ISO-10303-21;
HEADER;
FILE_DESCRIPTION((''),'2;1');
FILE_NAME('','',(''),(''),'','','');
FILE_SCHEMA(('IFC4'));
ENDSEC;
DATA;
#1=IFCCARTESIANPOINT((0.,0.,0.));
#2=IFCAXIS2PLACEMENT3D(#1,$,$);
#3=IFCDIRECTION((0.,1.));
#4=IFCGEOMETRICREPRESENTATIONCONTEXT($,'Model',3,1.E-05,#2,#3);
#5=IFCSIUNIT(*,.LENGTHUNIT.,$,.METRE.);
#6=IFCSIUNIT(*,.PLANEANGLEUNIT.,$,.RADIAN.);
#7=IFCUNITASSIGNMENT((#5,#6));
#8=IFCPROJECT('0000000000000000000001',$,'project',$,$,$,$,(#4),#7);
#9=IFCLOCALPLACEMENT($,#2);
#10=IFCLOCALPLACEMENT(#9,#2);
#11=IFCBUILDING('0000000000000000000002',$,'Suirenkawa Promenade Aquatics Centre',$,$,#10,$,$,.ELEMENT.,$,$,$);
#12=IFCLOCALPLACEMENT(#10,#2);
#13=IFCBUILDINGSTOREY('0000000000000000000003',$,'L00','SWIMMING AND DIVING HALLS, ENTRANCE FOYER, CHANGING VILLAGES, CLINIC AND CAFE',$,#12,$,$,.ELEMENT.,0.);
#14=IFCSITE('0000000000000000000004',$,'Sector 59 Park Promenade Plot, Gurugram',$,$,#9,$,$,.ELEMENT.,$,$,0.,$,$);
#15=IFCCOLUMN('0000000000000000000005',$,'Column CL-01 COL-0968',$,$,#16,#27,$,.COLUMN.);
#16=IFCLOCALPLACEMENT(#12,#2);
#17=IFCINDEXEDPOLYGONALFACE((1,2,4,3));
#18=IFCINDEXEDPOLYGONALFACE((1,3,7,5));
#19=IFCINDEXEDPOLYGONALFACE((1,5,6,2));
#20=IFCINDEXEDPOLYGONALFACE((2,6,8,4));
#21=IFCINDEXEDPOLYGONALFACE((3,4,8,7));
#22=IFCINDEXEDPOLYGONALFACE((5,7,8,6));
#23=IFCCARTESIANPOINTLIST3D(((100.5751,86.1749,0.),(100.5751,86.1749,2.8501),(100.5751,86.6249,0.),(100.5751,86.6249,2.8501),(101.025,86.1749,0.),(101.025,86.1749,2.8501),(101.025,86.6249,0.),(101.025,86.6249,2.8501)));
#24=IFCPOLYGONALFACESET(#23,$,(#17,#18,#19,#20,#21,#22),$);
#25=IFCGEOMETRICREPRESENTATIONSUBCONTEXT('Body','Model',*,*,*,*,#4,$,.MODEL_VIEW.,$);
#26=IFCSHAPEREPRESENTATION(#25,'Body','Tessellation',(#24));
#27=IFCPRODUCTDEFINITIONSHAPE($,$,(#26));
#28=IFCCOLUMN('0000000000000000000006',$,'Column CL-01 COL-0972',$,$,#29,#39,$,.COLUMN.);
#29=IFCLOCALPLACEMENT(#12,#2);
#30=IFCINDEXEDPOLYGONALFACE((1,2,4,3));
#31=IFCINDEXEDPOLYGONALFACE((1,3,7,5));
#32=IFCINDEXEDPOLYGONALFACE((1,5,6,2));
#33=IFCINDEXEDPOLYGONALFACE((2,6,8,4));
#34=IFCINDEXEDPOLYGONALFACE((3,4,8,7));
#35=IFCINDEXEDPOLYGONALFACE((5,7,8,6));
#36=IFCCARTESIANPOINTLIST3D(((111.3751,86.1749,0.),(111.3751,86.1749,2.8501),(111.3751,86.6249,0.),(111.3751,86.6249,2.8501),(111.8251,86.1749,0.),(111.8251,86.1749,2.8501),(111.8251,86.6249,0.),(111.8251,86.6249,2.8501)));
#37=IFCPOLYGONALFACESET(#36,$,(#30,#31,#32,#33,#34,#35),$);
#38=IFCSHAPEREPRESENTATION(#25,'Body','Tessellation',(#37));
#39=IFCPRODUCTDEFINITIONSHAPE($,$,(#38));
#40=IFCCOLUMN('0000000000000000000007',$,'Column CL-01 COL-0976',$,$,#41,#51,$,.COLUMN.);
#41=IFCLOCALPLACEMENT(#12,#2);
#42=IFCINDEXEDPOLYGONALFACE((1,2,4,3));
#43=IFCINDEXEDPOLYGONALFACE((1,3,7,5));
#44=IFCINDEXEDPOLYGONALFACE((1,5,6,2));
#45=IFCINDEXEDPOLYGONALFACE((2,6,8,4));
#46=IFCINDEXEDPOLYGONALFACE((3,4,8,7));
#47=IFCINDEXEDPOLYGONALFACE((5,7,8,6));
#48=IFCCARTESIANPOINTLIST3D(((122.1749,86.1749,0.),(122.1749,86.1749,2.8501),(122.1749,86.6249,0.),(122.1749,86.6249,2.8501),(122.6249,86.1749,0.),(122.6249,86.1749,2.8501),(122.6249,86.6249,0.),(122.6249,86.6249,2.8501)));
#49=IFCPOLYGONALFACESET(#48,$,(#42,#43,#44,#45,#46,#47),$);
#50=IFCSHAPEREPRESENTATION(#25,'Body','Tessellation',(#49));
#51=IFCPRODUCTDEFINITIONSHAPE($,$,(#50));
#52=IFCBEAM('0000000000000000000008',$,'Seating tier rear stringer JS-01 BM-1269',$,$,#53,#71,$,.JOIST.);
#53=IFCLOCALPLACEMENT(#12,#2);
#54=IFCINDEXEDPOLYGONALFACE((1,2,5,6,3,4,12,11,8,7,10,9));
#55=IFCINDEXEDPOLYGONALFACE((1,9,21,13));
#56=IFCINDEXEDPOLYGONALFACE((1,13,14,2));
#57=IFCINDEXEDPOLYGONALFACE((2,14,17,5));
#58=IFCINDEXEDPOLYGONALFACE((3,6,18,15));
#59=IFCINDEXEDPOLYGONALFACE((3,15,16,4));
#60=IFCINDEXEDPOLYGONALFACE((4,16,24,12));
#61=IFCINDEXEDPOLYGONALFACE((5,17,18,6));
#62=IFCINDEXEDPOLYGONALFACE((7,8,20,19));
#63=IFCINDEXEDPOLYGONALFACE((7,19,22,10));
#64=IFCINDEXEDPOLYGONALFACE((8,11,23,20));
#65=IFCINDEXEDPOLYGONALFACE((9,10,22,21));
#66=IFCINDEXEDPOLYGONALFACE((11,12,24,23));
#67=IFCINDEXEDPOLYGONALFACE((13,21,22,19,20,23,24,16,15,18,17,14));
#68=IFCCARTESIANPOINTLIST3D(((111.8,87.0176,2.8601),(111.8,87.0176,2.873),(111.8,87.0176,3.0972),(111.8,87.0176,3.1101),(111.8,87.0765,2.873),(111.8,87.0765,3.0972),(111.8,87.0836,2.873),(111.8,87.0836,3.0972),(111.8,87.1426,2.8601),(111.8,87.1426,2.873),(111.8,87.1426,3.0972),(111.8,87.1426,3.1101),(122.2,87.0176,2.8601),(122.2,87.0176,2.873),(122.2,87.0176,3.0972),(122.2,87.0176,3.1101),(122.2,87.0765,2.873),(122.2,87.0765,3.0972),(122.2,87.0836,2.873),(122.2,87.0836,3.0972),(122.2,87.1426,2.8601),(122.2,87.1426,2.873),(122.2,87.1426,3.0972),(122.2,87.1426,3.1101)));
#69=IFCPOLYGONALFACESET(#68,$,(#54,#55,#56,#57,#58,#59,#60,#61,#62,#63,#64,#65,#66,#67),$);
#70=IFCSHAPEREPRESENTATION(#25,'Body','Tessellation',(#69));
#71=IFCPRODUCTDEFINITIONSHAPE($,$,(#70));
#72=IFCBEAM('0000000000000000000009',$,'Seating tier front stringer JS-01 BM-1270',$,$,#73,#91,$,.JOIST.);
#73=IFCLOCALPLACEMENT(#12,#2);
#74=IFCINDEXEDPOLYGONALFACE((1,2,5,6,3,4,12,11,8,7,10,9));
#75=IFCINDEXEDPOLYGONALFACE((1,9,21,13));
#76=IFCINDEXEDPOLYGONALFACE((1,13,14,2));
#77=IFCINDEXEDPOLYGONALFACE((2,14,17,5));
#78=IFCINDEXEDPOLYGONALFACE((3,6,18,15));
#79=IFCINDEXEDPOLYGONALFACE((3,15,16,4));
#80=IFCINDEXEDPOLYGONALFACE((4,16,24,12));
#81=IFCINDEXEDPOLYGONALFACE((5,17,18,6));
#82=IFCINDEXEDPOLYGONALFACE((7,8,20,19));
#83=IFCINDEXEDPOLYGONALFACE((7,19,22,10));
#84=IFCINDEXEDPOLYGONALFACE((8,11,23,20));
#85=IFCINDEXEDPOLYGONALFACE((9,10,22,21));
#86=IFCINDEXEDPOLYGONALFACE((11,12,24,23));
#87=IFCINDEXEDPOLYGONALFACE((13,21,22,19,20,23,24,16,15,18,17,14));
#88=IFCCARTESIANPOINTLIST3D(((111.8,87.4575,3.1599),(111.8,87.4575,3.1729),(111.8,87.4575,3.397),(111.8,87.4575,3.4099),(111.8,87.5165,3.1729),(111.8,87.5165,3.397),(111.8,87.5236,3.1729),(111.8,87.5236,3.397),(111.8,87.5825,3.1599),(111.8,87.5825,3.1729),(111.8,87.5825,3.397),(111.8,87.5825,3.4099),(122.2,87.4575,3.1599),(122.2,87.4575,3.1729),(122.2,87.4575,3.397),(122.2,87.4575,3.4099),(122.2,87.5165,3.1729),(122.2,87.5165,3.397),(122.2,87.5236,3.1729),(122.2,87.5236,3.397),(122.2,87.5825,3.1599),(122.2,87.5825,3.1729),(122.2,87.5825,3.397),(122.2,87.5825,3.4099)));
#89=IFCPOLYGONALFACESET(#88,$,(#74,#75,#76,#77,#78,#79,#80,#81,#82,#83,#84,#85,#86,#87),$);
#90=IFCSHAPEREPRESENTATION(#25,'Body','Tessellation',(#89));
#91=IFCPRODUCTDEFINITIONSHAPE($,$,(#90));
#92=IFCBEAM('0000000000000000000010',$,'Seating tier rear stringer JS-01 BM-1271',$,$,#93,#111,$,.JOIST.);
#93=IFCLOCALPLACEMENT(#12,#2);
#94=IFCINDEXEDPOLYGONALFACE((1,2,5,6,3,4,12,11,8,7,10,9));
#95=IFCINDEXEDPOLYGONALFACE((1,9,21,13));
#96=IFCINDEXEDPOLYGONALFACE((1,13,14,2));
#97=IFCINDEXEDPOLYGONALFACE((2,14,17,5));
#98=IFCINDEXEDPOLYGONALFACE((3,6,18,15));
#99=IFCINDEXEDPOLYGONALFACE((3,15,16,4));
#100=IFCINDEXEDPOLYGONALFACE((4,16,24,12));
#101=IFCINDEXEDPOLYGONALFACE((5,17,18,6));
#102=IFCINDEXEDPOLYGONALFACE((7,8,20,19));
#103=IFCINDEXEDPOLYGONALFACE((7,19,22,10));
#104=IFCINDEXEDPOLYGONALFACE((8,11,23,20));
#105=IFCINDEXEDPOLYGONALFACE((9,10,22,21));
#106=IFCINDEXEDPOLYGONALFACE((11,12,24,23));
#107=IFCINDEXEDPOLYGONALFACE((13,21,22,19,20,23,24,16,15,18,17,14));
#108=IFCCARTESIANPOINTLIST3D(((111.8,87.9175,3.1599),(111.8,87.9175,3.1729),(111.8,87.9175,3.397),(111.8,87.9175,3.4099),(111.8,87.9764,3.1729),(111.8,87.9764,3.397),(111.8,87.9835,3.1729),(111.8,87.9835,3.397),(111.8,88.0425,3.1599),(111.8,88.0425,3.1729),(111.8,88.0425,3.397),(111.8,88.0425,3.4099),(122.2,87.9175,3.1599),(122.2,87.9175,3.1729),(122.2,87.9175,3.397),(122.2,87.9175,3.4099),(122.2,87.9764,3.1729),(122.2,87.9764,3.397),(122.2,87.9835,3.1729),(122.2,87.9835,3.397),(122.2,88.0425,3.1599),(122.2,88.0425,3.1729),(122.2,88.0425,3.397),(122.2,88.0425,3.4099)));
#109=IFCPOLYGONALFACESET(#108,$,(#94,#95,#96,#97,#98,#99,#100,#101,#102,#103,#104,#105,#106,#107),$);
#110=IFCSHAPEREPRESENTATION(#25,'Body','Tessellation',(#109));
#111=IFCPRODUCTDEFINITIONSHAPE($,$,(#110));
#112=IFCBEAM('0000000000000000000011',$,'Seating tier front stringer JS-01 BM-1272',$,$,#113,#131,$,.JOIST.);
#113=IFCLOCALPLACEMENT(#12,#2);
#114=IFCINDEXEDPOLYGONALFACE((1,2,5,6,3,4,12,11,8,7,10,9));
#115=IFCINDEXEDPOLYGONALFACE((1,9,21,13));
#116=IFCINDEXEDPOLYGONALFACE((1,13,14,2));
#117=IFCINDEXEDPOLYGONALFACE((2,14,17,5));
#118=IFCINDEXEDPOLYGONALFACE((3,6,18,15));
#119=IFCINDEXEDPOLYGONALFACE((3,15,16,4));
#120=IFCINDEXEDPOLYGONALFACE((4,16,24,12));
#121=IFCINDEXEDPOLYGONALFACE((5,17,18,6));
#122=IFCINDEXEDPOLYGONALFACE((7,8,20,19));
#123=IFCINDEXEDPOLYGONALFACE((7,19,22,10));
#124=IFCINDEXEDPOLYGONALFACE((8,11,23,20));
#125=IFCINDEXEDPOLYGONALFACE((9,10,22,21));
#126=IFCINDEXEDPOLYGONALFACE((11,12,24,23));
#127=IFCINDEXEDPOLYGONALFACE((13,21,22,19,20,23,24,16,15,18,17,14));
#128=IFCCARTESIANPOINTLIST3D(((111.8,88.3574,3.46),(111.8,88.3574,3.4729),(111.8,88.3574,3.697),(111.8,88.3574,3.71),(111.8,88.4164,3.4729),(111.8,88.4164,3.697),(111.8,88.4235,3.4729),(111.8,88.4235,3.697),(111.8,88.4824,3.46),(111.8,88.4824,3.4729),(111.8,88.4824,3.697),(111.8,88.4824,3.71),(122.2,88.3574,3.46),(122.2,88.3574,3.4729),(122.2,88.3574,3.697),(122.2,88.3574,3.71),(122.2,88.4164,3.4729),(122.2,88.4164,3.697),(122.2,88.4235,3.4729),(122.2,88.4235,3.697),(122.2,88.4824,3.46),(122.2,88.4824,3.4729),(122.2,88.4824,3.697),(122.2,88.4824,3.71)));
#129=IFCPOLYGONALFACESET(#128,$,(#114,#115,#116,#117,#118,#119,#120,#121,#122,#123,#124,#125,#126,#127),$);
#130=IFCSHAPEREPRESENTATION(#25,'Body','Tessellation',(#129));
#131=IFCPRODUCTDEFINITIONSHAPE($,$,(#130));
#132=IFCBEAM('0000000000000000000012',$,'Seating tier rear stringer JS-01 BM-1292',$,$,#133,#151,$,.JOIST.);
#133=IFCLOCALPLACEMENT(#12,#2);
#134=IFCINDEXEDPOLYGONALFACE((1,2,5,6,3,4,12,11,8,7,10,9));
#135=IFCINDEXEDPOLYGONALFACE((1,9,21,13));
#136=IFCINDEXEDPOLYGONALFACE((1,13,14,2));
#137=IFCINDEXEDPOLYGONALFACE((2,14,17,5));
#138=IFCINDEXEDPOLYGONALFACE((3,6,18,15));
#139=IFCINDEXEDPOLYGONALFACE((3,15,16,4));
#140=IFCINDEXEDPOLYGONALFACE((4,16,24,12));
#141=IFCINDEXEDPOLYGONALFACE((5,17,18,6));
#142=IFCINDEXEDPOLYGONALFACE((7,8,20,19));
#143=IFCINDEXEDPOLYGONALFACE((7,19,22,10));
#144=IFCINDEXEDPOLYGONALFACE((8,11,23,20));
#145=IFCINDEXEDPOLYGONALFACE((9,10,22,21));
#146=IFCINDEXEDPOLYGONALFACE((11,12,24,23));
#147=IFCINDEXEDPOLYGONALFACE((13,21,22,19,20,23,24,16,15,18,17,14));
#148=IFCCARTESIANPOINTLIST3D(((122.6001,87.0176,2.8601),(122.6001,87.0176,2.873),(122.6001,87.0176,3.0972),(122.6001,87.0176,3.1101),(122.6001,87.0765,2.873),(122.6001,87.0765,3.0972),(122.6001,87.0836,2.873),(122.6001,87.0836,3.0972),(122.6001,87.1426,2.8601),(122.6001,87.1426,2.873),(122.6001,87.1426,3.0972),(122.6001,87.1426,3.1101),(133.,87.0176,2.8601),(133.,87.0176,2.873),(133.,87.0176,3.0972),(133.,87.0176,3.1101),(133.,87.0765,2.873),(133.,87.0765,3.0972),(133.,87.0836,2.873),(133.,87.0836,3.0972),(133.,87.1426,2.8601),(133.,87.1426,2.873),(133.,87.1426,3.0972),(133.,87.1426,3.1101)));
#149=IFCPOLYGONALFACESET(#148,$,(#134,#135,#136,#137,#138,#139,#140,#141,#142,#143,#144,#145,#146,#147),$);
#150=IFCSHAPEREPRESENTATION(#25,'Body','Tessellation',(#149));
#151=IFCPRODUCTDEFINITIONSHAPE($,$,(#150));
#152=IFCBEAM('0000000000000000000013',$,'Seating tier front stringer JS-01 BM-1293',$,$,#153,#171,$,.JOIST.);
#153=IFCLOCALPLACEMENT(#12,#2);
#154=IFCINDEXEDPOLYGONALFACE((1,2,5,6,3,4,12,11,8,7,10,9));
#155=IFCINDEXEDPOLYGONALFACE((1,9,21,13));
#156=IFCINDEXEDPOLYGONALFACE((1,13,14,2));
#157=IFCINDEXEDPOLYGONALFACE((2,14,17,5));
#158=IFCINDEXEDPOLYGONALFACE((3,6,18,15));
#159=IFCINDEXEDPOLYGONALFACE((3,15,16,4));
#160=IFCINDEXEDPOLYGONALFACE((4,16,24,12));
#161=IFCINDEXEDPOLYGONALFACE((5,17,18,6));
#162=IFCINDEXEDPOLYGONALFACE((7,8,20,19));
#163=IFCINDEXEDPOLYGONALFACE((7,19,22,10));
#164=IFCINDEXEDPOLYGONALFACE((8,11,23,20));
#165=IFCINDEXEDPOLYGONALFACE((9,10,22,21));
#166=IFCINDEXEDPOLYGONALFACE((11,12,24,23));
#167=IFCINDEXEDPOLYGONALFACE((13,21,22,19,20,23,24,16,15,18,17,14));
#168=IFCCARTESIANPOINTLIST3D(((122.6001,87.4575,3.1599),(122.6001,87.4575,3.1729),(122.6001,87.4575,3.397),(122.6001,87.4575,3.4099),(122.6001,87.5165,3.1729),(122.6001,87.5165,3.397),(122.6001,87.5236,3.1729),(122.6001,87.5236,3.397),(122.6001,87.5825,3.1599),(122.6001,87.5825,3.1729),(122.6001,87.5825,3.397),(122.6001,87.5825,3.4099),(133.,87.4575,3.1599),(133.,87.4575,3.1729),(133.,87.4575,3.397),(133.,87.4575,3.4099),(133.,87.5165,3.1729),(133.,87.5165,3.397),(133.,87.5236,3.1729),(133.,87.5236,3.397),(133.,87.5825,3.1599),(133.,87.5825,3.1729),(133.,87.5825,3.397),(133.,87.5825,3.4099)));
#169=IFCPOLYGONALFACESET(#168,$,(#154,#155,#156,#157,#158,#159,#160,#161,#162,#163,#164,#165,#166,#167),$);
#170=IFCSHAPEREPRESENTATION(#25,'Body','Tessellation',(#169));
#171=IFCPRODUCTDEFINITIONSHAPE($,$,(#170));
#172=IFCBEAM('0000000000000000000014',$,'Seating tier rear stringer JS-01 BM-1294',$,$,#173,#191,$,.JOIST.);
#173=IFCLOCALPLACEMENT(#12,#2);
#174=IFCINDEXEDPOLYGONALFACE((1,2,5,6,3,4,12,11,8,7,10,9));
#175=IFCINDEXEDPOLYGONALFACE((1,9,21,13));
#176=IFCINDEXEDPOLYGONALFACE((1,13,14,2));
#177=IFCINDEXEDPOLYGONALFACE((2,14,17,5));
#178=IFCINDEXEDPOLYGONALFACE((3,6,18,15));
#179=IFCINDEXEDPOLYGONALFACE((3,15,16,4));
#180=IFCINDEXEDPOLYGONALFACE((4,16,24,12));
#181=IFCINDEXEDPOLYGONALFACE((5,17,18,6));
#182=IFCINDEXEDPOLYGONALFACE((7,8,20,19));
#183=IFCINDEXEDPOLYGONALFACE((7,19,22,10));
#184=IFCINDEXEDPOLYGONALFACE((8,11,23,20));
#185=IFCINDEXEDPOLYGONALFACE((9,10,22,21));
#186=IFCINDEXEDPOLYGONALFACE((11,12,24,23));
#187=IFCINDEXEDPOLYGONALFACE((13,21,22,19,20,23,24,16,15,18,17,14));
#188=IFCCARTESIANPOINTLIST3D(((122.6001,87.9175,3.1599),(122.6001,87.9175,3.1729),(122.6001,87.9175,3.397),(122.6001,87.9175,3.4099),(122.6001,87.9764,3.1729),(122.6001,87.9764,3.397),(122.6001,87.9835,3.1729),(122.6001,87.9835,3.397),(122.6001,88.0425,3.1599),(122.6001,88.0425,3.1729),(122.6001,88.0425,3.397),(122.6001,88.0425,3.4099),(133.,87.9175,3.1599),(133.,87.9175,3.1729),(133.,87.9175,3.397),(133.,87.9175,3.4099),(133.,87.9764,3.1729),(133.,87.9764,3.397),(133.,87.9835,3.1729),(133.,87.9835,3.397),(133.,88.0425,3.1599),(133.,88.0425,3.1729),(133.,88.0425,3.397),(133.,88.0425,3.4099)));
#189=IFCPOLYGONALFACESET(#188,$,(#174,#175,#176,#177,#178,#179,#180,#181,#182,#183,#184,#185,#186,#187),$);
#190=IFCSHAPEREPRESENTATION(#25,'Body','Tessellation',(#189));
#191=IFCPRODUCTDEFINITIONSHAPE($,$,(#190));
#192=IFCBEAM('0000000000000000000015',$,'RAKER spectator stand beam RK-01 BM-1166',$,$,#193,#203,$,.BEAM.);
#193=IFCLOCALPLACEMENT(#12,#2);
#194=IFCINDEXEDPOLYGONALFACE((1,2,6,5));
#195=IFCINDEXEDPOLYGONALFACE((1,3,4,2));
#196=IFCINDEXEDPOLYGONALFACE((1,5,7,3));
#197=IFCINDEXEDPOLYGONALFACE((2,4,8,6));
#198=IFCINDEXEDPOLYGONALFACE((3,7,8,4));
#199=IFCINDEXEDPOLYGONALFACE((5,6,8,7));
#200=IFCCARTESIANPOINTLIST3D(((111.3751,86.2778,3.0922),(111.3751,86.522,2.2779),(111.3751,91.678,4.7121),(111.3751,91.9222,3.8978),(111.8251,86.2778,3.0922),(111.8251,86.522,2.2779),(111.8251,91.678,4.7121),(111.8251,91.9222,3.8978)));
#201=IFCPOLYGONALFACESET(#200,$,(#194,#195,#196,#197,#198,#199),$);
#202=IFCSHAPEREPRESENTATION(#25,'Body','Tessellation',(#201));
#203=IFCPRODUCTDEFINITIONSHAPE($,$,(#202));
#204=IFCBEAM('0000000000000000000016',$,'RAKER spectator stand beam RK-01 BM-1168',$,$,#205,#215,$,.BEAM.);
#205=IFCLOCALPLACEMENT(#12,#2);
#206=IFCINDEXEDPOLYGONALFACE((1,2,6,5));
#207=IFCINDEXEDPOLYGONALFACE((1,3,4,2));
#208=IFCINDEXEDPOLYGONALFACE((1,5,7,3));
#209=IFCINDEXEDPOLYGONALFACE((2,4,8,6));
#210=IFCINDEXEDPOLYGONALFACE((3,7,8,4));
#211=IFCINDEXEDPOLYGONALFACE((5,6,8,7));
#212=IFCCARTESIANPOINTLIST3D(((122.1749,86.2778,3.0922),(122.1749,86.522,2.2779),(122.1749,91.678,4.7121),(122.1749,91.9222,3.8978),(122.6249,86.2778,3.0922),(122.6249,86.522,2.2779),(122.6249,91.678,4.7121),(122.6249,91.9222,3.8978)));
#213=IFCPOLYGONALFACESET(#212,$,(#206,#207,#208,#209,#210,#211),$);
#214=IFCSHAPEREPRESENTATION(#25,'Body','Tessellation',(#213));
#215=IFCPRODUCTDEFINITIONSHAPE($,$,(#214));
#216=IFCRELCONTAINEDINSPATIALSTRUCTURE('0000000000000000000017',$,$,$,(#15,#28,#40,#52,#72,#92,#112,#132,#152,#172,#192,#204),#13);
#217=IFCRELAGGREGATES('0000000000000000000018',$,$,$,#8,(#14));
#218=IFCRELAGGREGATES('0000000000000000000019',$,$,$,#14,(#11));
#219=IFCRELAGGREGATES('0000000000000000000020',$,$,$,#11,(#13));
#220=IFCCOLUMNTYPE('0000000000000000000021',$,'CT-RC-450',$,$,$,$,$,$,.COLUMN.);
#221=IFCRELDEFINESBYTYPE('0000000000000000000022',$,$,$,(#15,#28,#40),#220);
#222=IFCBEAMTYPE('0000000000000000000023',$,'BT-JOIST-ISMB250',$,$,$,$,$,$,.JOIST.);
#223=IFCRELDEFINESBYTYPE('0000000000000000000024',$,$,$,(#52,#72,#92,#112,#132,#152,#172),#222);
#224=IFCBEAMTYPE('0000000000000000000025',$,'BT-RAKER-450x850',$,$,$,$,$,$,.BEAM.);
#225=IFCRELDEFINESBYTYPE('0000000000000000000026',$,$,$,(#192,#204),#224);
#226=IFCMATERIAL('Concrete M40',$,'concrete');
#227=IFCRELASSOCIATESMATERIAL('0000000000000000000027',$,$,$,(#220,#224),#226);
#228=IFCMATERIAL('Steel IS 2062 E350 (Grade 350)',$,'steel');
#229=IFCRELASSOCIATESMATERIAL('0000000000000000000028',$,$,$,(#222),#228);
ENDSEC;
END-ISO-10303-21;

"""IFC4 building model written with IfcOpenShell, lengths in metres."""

from ifc_helpers import new_model, si_unit, direction, frame, origin, origin_2d, place, context, subcontext, project, spatial, rectangle, i_section, extrude, material, material_profile, profile_set, type_object, element, save


model = new_model("IFC4")

# Units and contexts
model_context = context("Model", 3, precision=1e-05, world=origin(), true_north=direction((0.0, 1.0)))
body_context = subcontext(model_context, "Body", "Model", "MODEL_VIEW")
ifc_project = project(units=[si_unit("LENGTHUNIT", "METRE"), si_unit("PLANEANGLEUNIT", "RADIAN")], contexts=[model_context])

# Site, building, storey
site_placement = place(None, origin())
site = spatial("IfcSite", under=ifc_project, at=site_placement, Name="Sector 59 Park Promenade Plot, Gurugram", CompositionType="ELEMENT", RefElevation=0.0)
building_placement = place(site_placement, origin())
building = spatial("IfcBuilding", under=site, at=building_placement, Name="Suirenkawa Promenade Aquatics Centre", CompositionType="ELEMENT")
storey_placement = place(building_placement, origin())
storey = spatial("IfcBuildingStorey", under=building, at=storey_placement, Name="L00", Description="SWIMMING AND DIVING HALLS, ENTRANCE FOYER, CHANGING VILLAGES, CLINIC AND CAFE", CompositionType="ELEMENT", Elevation=0.0)

# Columns
ifc_material_1 = material(Name="Concrete M40", Category="concrete")
ifc_material_profile_1 = material_profile(ifc_material_1, rectangle(XDim=0.45, YDim=0.45, at=origin_2d()), Name="RC COL 450x450", Category="concrete")
ifc_profile_set_1 = profile_set([ifc_material_profile_1], Name="Concrete M40")
column_type = type_object("IfcColumnType", Name="CT-RC-450", PredefinedType="COLUMN", material=ifc_profile_set_1)
for number, where, z_axis, x_axis, name in (
    (1, (100.8, 86.3999, 0.0), (0.0, 0.0, 1.0), (1.0, 0.0, 0.0), "Column CL-01 COL-0968"),
    (2, (111.6001, 86.3999, 0.0), (0.0, 0.0, 1.0), (1.0, 0.0, 0.0), "Column CL-01 COL-0972"),
    (3, (122.3999, 86.3999, 0.0), (0.0, 0.0, 1.0), (1.0, 0.0, 0.0), "Column CL-01 COL-0976"),
):
    element("IfcColumn", number, at=place(storey_placement, frame(where, z_axis=z_axis, x_axis=x_axis)), inside=storey, type_object=column_type, Name=name, PredefinedType="COLUMN", context=body_context, shape_type="SweptSolid", body=[
        extrude(rectangle(XDim=0.45, YDim=0.45, at=origin_2d()), origin(), (0.0, 0.0, 1.0), 2.8501),
    ])

# Beams
ifc_material_2 = material(Name="Steel IS 2062 E350 (Grade 350)", Category="steel")
ifc_material_profile_2 = material_profile(ifc_material_2, i_section(OverallWidth=0.125, OverallDepth=0.25, WebThickness=0.0071, FlangeThickness=0.0129, at=origin_2d()), Name="ISMB 250", Category="steel")
ifc_profile_set_2 = profile_set([ifc_material_profile_2], Name="Steel IS 2062 E350 (Grade 350)")
beam_type_1 = type_object("IfcBeamType", Name="BT-JOIST-ISMB250", PredefinedType="JOIST", material=ifc_profile_set_2)
for number, where, z_axis, x_axis, name in (
    (4, (111.8, 87.0801, 2.9851), (1.0, 0.0, 0.0), (0.0, 1.0, 0.0), "Seating tier rear stringer JS-01 BM-1269"),
    (5, (111.8, 87.52, 3.2849), (1.0, 0.0, 0.0), (0.0, 1.0, 0.0), "Seating tier front stringer JS-01 BM-1270"),
    (6, (111.8, 87.98, 3.2849), (1.0, 0.0, 0.0), (0.0, 1.0, 0.0), "Seating tier rear stringer JS-01 BM-1271"),
    (7, (111.8, 88.4199, 3.585), (1.0, 0.0, 0.0), (0.0, 1.0, 0.0), "Seating tier front stringer JS-01 BM-1272"),
    (8, (122.6001, 87.0801, 2.9851), (1.0, 0.0, 0.0), (0.0, 1.0, 0.0), "Seating tier rear stringer JS-01 BM-1292"),
    (9, (122.6001, 87.52, 3.2849), (1.0, 0.0, 0.0), (0.0, 1.0, 0.0), "Seating tier front stringer JS-01 BM-1293"),
    (10, (122.6001, 87.98, 3.2849), (1.0, 0.0, 0.0), (0.0, 1.0, 0.0), "Seating tier rear stringer JS-01 BM-1294"),
):
    element("IfcBeam", number, at=place(storey_placement, frame(where, z_axis=z_axis, x_axis=x_axis)), inside=storey, type_object=beam_type_1, Name=name, PredefinedType="JOIST", context=body_context, shape_type="SweptSolid", body=[
        extrude(i_section(OverallWidth=0.125, OverallDepth=0.25, WebThickness=0.0071, FlangeThickness=0.0129, at=origin_2d()), origin(), (0.0, 0.0, 1.0), 10.3999),
    ])
ifc_material_profile_3 = material_profile(ifc_material_1, rectangle(XDim=0.45, YDim=0.8501, at=origin_2d()), Name="RC RAKER 450x850", Category="concrete")
ifc_profile_set_3 = profile_set([ifc_material_profile_3], Name="Concrete M40")
beam_type_2 = type_object("IfcBeamType", Name="BT-RAKER-450x850", PredefinedType="BEAM", material=ifc_profile_set_3)
for number, where, z_axis, x_axis, name in (
    (11, (111.6001, 86.3999, 2.6851), (0.0, 0.957835, 0.28732), (-1.0, 0.0, 0.0), "RAKER spectator stand beam RK-01 BM-1166"),
    (12, (122.3999, 86.3999, 2.6851), (0.0, 0.957835, 0.28732), (-1.0, 0.0, 0.0), "RAKER spectator stand beam RK-01 BM-1168"),
):
    element("IfcBeam", number, at=place(storey_placement, frame(where, z_axis=z_axis, x_axis=x_axis)), inside=storey, type_object=beam_type_2, Name=name, PredefinedType="BEAM", context=body_context, shape_type="SweptSolid", body=[
        extrude(rectangle(XDim=0.45, YDim=0.8501, at=origin_2d()), origin(), (0.0, 0.0, 1.0), 5.6379),
    ])

save(model, "model.ifc")
